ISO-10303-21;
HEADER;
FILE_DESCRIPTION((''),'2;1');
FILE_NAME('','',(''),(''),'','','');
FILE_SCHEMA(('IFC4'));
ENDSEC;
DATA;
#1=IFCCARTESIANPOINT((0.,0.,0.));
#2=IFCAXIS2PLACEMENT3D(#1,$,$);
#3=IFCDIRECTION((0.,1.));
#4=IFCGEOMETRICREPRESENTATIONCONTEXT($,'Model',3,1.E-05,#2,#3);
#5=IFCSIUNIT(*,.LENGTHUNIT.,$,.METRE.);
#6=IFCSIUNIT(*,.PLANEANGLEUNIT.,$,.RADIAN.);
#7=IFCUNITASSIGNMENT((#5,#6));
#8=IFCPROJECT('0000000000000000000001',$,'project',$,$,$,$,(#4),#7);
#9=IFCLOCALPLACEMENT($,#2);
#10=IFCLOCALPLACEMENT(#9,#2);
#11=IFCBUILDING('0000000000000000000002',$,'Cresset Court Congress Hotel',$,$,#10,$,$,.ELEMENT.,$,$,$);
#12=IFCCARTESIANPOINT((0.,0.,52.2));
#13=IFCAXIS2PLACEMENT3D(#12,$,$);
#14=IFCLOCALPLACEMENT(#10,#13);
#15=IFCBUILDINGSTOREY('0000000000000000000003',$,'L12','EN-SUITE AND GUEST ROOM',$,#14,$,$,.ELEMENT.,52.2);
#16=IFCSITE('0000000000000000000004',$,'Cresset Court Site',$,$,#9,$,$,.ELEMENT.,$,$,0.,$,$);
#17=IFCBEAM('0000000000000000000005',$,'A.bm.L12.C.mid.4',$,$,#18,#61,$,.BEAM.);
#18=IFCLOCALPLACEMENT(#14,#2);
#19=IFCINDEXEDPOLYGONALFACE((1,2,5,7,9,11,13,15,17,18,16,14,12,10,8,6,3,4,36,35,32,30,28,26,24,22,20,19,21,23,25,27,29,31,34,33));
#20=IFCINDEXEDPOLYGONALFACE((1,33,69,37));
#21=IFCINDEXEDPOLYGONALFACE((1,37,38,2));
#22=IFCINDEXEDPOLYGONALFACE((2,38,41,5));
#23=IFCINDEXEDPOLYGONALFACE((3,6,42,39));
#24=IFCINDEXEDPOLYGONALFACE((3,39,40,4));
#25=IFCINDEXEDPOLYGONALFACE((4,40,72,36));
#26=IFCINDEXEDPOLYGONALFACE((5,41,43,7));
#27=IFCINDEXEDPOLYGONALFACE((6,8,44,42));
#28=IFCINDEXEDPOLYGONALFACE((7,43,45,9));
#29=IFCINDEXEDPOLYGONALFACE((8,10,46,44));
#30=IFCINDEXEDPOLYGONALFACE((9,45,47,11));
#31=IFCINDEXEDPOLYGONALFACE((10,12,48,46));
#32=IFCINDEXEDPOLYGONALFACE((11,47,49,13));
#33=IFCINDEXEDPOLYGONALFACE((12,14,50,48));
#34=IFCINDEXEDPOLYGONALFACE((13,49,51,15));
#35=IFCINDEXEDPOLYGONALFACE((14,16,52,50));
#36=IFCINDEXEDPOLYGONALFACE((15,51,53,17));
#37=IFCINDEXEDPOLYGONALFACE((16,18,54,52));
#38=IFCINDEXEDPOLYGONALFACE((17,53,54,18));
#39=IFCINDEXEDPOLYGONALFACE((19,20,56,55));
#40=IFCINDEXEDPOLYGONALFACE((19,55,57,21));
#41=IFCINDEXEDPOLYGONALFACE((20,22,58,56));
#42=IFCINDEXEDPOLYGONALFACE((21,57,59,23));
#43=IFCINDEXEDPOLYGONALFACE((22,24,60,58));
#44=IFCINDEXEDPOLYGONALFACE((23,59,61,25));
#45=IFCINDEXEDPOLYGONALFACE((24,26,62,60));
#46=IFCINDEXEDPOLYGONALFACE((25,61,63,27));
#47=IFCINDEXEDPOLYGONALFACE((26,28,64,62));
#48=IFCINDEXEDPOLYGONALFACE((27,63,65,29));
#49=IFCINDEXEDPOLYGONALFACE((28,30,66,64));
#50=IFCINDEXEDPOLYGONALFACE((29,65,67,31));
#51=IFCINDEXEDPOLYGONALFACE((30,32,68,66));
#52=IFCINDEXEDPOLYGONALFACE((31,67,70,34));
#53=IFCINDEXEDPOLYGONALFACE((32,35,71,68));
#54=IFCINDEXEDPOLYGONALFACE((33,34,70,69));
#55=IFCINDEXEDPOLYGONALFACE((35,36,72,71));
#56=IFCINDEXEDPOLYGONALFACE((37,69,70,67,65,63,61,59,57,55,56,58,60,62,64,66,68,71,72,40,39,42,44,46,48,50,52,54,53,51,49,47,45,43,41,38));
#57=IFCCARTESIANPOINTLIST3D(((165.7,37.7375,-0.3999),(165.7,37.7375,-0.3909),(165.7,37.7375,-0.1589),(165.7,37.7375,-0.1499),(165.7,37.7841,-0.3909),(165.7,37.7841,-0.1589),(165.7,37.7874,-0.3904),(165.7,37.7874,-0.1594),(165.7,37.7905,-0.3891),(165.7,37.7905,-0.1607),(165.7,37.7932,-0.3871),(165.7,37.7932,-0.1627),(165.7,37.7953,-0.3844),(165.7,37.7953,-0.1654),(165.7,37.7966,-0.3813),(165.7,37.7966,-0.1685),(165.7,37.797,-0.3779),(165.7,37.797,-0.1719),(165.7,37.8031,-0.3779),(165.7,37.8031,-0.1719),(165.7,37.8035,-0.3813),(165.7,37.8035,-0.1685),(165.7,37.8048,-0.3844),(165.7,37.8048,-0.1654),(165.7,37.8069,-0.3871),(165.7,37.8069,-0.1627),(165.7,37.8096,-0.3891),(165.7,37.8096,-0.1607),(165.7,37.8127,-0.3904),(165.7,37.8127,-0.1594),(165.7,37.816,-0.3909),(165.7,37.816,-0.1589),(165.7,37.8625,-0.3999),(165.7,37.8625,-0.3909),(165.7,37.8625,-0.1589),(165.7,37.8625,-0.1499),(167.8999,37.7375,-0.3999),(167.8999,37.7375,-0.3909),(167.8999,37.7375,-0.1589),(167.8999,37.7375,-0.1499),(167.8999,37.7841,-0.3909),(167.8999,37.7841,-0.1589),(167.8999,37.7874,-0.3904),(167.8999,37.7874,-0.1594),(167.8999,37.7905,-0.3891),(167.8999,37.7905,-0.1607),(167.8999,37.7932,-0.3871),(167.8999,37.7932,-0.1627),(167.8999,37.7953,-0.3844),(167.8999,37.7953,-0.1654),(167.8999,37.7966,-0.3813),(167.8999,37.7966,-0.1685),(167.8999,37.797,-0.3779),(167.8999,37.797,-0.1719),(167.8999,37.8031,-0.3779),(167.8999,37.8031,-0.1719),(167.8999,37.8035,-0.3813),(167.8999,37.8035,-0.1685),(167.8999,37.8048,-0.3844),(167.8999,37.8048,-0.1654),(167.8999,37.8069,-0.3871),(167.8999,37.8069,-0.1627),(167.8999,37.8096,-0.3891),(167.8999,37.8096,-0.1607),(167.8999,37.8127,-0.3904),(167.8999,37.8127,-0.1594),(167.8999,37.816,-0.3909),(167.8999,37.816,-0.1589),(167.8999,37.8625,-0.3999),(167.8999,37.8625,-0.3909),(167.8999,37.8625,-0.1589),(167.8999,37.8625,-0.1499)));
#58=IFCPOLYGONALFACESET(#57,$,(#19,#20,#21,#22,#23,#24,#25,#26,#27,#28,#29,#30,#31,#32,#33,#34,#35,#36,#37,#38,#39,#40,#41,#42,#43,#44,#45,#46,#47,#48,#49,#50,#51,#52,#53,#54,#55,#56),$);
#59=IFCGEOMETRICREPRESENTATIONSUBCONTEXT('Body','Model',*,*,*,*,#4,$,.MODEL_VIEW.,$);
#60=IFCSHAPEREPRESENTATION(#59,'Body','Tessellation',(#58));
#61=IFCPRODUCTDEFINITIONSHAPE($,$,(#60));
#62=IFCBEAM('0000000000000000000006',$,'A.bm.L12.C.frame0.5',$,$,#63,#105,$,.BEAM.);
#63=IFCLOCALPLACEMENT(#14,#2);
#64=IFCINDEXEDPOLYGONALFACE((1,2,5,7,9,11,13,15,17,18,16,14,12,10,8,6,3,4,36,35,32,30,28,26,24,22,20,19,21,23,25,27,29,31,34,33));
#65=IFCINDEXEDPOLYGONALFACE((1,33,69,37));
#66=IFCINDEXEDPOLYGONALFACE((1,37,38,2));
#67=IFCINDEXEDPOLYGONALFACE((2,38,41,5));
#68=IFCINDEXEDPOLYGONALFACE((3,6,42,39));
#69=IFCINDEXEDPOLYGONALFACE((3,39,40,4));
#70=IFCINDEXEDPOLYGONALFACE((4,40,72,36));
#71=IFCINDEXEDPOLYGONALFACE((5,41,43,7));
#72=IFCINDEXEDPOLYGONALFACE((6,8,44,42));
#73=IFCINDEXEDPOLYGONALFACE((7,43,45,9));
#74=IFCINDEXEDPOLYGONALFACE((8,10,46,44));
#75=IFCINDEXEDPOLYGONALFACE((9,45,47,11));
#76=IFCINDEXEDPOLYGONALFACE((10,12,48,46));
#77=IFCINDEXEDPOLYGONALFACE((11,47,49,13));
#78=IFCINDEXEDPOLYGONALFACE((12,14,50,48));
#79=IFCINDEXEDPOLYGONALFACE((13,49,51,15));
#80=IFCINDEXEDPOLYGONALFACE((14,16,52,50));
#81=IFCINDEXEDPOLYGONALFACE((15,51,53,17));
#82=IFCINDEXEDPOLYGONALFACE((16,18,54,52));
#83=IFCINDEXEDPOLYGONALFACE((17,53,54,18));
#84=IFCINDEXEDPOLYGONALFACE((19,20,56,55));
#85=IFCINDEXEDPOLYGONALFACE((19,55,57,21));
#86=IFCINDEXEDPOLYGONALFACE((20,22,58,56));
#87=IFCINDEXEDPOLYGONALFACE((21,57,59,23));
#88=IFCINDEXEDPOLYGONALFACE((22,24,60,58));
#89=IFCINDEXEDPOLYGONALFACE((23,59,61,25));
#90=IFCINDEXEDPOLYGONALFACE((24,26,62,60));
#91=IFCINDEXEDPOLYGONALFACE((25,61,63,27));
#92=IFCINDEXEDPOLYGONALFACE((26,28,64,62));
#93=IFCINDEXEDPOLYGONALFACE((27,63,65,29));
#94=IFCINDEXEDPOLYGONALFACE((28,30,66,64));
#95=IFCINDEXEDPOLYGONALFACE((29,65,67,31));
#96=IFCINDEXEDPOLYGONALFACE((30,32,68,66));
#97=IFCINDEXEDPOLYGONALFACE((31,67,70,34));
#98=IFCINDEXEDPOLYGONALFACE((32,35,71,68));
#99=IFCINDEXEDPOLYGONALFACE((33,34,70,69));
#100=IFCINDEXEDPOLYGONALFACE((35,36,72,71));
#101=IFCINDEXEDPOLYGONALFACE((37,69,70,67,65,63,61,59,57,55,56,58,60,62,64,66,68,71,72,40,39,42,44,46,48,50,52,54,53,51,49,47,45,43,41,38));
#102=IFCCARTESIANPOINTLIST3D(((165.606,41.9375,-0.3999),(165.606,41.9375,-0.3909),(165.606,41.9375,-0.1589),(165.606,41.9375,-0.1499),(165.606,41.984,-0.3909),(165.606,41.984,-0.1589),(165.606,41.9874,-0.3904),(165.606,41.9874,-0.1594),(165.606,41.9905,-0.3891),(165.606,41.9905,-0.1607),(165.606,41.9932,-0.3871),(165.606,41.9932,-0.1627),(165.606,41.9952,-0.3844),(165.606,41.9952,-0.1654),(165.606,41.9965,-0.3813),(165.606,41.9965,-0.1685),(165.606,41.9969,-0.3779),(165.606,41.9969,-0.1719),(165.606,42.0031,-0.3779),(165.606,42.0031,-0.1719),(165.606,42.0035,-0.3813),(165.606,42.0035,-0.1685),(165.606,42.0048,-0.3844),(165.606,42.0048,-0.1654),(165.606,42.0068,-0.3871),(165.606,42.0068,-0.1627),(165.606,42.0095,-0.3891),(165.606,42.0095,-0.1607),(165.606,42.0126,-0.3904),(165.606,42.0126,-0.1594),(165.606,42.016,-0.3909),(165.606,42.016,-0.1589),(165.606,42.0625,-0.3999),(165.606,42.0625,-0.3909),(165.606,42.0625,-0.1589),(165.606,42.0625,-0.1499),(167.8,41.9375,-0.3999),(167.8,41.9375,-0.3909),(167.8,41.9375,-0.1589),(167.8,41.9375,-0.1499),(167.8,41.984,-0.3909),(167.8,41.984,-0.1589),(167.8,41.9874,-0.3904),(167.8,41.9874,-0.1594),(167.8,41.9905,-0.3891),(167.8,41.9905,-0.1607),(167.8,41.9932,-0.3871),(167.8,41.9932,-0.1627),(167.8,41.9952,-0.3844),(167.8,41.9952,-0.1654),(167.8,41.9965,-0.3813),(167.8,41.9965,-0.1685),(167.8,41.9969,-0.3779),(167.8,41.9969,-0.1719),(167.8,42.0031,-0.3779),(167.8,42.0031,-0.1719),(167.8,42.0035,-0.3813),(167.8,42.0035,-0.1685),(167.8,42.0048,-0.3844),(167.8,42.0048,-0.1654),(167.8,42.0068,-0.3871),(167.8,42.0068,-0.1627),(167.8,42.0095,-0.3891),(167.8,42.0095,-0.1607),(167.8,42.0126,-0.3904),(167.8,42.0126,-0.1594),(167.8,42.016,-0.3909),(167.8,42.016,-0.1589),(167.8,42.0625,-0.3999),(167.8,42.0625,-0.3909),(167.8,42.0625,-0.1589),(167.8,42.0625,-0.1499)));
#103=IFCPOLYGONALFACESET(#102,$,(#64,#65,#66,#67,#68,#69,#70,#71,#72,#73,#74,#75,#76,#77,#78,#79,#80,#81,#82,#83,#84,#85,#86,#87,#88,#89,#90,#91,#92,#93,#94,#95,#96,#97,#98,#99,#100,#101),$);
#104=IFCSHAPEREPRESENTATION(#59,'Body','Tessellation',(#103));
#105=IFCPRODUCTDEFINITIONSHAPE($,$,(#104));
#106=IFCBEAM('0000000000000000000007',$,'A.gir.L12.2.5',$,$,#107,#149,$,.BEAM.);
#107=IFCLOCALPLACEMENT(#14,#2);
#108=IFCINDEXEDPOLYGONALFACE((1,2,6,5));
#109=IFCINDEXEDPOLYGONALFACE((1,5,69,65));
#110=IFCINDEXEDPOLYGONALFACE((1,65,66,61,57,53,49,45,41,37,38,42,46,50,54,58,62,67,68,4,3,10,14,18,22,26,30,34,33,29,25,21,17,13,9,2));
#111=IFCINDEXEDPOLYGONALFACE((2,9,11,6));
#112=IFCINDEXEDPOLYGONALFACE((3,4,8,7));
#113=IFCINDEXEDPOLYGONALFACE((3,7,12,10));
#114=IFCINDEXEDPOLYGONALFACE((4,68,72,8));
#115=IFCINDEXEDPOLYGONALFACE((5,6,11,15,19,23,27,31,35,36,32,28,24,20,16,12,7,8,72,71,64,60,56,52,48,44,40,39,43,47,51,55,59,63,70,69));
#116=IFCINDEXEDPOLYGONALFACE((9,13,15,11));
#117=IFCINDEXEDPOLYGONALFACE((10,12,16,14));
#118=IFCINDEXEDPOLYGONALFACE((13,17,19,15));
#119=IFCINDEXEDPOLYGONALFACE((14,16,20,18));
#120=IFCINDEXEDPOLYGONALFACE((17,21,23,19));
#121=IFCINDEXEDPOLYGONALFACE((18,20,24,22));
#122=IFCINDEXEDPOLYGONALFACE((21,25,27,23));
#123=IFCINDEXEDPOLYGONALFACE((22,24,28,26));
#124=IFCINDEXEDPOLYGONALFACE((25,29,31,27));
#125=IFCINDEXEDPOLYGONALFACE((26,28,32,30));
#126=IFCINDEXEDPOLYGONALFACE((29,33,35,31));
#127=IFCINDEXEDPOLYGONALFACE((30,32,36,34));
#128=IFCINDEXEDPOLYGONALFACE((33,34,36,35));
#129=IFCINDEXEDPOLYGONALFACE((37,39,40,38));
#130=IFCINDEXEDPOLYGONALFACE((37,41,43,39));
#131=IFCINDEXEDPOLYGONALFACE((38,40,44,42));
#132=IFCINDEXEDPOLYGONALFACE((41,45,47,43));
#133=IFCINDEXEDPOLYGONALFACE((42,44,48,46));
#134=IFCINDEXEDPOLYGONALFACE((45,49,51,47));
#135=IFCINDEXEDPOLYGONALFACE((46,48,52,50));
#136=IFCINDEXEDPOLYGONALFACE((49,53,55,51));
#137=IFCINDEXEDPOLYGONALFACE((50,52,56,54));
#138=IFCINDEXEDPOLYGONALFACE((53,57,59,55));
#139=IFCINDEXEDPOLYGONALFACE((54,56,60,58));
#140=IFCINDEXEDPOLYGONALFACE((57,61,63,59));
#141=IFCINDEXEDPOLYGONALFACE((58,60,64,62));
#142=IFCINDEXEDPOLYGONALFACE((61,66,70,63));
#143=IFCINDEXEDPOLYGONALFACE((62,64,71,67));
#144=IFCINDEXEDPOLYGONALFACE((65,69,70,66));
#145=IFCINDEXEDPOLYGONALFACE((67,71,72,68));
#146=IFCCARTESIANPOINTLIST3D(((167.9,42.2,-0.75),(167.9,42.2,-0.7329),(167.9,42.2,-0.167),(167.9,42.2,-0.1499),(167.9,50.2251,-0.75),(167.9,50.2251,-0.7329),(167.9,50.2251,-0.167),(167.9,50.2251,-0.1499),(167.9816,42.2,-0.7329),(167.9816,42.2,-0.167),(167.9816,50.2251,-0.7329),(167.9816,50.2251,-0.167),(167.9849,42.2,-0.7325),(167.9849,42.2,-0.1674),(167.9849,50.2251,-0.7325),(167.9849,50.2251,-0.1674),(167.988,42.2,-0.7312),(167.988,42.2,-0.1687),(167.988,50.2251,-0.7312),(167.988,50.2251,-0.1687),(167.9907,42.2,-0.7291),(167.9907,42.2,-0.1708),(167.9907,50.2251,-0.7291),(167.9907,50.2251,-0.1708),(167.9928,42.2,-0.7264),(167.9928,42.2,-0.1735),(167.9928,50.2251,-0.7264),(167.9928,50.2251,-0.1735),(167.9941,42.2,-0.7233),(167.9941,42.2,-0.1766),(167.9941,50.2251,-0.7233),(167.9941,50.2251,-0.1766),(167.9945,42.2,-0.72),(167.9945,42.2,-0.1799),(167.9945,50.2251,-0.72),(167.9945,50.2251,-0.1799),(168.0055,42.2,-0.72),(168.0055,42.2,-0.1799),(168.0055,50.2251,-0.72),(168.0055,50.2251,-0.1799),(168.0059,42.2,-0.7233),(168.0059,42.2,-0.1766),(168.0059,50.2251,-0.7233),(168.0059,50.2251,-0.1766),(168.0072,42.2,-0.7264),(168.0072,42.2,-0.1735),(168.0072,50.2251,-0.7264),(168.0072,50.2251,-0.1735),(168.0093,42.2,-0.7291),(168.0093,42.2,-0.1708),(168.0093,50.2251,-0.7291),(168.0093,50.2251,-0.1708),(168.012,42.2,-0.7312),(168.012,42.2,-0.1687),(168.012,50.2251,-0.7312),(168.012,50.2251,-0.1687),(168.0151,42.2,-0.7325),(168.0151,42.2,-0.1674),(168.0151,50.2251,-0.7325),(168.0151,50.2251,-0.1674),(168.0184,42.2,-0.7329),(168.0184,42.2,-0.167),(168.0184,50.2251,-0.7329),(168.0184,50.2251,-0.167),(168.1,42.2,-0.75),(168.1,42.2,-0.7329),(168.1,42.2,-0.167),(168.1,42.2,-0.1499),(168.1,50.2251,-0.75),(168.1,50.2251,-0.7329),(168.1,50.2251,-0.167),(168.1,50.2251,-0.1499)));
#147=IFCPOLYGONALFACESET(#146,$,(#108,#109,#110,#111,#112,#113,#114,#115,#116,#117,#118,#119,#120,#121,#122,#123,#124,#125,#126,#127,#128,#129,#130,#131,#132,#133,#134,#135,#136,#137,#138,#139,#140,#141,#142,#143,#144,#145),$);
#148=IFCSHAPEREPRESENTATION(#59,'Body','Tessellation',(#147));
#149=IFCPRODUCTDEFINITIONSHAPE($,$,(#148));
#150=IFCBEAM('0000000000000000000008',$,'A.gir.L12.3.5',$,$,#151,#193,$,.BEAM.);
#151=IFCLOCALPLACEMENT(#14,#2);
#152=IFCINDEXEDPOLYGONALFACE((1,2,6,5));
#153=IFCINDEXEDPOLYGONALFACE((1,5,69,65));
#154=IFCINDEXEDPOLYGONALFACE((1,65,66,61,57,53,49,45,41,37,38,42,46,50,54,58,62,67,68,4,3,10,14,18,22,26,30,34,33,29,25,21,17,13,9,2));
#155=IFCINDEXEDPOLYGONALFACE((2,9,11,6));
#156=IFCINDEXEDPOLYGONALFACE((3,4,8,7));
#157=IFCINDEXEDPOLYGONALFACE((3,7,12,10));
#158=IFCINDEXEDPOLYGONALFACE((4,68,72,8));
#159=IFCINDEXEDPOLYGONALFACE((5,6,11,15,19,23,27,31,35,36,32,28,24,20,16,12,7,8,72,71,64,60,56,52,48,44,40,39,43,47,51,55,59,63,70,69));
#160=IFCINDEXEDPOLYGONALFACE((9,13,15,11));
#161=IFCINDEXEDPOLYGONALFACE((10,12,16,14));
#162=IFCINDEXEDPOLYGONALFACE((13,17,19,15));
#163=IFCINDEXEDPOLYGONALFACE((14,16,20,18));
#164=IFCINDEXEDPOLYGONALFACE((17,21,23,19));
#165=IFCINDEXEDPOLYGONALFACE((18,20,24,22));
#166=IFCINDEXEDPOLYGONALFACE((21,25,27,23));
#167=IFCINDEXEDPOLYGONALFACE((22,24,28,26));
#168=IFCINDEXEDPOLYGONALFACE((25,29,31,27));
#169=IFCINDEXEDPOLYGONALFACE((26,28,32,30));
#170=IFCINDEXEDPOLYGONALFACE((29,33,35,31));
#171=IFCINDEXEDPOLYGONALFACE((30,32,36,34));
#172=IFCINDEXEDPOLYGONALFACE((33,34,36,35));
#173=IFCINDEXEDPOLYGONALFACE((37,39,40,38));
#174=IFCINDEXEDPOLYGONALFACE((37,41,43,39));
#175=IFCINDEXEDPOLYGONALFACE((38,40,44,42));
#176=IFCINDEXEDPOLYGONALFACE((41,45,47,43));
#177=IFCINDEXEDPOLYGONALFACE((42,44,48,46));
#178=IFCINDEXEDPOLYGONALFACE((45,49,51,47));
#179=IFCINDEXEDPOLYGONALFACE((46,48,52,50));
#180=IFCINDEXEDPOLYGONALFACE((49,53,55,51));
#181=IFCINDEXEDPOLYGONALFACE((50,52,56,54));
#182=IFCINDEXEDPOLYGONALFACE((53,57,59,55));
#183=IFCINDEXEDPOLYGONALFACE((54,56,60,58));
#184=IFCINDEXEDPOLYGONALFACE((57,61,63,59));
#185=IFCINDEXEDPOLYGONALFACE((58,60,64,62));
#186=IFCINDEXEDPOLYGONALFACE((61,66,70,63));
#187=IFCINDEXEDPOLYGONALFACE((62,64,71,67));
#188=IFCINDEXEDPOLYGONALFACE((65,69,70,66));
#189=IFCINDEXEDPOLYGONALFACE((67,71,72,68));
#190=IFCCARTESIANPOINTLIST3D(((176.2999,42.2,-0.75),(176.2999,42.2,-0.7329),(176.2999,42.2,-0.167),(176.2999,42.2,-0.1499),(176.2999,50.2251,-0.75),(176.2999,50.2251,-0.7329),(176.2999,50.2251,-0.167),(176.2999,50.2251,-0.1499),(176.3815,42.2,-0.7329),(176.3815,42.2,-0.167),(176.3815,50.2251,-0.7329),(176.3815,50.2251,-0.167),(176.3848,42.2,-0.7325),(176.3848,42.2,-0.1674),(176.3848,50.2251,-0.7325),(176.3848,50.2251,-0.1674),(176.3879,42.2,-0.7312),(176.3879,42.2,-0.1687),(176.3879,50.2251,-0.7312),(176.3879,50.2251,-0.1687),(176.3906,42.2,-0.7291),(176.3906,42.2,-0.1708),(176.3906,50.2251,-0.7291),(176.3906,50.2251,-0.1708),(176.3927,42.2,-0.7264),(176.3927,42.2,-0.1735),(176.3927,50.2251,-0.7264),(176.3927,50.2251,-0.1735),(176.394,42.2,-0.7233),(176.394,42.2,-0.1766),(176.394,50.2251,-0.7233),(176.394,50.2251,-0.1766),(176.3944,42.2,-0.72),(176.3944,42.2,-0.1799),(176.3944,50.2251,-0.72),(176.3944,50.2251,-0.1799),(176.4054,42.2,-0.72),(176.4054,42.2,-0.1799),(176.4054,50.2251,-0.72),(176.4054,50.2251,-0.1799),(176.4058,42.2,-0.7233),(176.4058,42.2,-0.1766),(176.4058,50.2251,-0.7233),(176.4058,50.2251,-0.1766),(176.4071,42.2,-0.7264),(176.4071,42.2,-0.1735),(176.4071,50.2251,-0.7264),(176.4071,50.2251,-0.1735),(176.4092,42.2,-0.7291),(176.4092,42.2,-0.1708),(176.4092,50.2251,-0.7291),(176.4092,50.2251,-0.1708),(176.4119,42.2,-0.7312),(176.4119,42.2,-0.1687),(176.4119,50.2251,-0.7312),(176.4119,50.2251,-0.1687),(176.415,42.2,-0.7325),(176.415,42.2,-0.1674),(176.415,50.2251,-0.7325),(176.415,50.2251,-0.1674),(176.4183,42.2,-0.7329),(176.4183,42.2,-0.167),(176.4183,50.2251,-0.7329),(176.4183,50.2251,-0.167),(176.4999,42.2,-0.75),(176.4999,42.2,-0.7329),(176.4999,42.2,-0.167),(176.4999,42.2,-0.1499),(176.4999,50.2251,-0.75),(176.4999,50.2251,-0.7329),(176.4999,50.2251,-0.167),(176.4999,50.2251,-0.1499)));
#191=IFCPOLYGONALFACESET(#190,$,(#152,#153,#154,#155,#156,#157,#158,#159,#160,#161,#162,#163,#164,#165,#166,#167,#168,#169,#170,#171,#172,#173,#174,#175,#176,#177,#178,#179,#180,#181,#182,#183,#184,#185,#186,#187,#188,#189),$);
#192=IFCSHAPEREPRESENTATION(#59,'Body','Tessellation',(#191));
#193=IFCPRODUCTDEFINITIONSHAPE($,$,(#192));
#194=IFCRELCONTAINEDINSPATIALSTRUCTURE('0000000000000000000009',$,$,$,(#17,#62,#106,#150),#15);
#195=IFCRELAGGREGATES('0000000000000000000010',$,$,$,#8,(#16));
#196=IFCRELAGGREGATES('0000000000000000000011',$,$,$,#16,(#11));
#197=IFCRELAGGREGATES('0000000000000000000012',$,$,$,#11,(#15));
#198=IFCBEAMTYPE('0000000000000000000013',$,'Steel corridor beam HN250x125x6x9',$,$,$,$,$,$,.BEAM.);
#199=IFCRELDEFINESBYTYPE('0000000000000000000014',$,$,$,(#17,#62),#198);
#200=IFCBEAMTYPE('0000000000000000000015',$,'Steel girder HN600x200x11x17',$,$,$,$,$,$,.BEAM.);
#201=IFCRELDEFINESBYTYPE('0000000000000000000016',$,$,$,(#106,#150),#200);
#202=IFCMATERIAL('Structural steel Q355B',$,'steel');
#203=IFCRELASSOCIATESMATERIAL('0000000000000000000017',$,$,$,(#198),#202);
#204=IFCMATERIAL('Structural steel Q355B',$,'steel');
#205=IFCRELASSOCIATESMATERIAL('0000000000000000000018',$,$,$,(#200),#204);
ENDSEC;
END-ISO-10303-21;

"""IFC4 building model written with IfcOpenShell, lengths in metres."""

from ifc_helpers import new_model, si_unit, direction, frame, origin, origin_2d, place, context, subcontext, project, spatial, i_section, extrude, material, material_profile, profile_set, type_object, element, save


model = new_model("IFC4")

# Units and contexts
model_context = context("Model", 3, precision=1e-05, world=origin(), true_north=direction((0.0, 1.0)))
body_context = subcontext(model_context, "Body", "Model", "MODEL_VIEW")
ifc_project = project(units=[si_unit("LENGTHUNIT", "METRE"), si_unit("PLANEANGLEUNIT", "RADIAN")], contexts=[model_context])

# Site, building, storey
site_placement = place(None, origin())
site = spatial("IfcSite", under=ifc_project, at=site_placement, Name="Cresset Court Site", CompositionType="ELEMENT", RefElevation=0.0)
building_placement = place(site_placement, origin())
building = spatial("IfcBuilding", under=site, at=building_placement, Name="Cresset Court Congress Hotel", CompositionType="ELEMENT")
storey_placement = place(building_placement, frame((0.0, 0.0, 52.2)))
storey = spatial("IfcBuildingStorey", under=building, at=storey_placement, Name="L12", Description="EN-SUITE AND GUEST ROOM", CompositionType="ELEMENT", Elevation=52.2)

# Beams
ifc_material_1 = material(Name="Structural steel Q355B", Category="steel")
ifc_material_profile_1 = material_profile(ifc_material_1, i_section(OverallWidth=0.125, OverallDepth=0.25, WebThickness=0.0061, FlangeThickness=0.009, FilletRadius=0.0129, at=origin_2d()), Name="HN250x125x6x9")
ifc_profile_set_1 = profile_set([ifc_material_profile_1], Name="Structural steel Q355B")
beam_type_1 = type_object("IfcBeamType", Name="Steel corridor beam HN250x125x6x9", PredefinedType="BEAM", material=ifc_profile_set_1)
beam_1_placement = place(storey_placement, frame((165.7, 37.8, -0.2749), z_axis=(1.0, 0.0, 0.0), x_axis=(0.0, 1.0, 0.0)))
element("IfcBeam", 1, at=beam_1_placement, inside=storey, type_object=beam_type_1, Name="A.bm.L12.C.mid.4", PredefinedType="BEAM", context=body_context, shape_type="SweptSolid", body=[
    extrude(i_section(OverallWidth=0.125, OverallDepth=0.25, WebThickness=0.0061, FlangeThickness=0.009, FilletRadius=0.0129, at=origin_2d()), origin(), (0.0, 0.0, 1.0), 2.2),
])
beam_2_placement = place(storey_placement, frame((165.606, 42.0, -0.2749), z_axis=(1.0, 0.0, 0.0), x_axis=(0.0, 1.0, 0.0)))
element("IfcBeam", 2, at=beam_2_placement, inside=storey, type_object=beam_type_1, Name="A.bm.L12.C.frame0.5", PredefinedType="BEAM", context=body_context, shape_type="SweptSolid", body=[
    extrude(i_section(OverallWidth=0.125, OverallDepth=0.25, WebThickness=0.0061, FlangeThickness=0.009, FilletRadius=0.0129, at=origin_2d()), origin(), (0.0, 0.0, 1.0), 2.1941),
])
ifc_material_2 = material(Name="Structural steel Q355B", Category="steel")
ifc_material_profile_2 = material_profile(ifc_material_2, i_section(OverallWidth=0.2, OverallDepth=0.6001, WebThickness=0.011, FlangeThickness=0.0171, FilletRadius=0.0129, at=origin_2d()), Name="HN600x200x11x17")
ifc_profile_set_2 = profile_set([ifc_material_profile_2], Name="Structural steel Q355B")
beam_type_2 = type_object("IfcBeamType", Name="Steel girder HN600x200x11x17", PredefinedType="BEAM", material=ifc_profile_set_2)
for number, where, z_axis, x_axis, name in (
    (3, (168.0, 42.2, -0.45), (0.0, 1.0, 0.0), (-1.0, 0.0, 0.0), "A.gir.L12.2.5"),
    (4, (176.3999, 42.2, -0.45), (0.0, 1.0, 0.0), (-1.0, 0.0, 0.0), "A.gir.L12.3.5"),
):
    element("IfcBeam", number, at=place(storey_placement, frame(where, z_axis=z_axis, x_axis=x_axis)), inside=storey, type_object=beam_type_2, Name=name, PredefinedType="BEAM", context=body_context, shape_type="SweptSolid", body=[
        extrude(i_section(OverallWidth=0.2, OverallDepth=0.6001, WebThickness=0.011, FlangeThickness=0.0171, FilletRadius=0.0129, at=origin_2d()), origin(), (0.0, 0.0, 1.0), 8.0251),
    ])

save(model, "model.ifc")
